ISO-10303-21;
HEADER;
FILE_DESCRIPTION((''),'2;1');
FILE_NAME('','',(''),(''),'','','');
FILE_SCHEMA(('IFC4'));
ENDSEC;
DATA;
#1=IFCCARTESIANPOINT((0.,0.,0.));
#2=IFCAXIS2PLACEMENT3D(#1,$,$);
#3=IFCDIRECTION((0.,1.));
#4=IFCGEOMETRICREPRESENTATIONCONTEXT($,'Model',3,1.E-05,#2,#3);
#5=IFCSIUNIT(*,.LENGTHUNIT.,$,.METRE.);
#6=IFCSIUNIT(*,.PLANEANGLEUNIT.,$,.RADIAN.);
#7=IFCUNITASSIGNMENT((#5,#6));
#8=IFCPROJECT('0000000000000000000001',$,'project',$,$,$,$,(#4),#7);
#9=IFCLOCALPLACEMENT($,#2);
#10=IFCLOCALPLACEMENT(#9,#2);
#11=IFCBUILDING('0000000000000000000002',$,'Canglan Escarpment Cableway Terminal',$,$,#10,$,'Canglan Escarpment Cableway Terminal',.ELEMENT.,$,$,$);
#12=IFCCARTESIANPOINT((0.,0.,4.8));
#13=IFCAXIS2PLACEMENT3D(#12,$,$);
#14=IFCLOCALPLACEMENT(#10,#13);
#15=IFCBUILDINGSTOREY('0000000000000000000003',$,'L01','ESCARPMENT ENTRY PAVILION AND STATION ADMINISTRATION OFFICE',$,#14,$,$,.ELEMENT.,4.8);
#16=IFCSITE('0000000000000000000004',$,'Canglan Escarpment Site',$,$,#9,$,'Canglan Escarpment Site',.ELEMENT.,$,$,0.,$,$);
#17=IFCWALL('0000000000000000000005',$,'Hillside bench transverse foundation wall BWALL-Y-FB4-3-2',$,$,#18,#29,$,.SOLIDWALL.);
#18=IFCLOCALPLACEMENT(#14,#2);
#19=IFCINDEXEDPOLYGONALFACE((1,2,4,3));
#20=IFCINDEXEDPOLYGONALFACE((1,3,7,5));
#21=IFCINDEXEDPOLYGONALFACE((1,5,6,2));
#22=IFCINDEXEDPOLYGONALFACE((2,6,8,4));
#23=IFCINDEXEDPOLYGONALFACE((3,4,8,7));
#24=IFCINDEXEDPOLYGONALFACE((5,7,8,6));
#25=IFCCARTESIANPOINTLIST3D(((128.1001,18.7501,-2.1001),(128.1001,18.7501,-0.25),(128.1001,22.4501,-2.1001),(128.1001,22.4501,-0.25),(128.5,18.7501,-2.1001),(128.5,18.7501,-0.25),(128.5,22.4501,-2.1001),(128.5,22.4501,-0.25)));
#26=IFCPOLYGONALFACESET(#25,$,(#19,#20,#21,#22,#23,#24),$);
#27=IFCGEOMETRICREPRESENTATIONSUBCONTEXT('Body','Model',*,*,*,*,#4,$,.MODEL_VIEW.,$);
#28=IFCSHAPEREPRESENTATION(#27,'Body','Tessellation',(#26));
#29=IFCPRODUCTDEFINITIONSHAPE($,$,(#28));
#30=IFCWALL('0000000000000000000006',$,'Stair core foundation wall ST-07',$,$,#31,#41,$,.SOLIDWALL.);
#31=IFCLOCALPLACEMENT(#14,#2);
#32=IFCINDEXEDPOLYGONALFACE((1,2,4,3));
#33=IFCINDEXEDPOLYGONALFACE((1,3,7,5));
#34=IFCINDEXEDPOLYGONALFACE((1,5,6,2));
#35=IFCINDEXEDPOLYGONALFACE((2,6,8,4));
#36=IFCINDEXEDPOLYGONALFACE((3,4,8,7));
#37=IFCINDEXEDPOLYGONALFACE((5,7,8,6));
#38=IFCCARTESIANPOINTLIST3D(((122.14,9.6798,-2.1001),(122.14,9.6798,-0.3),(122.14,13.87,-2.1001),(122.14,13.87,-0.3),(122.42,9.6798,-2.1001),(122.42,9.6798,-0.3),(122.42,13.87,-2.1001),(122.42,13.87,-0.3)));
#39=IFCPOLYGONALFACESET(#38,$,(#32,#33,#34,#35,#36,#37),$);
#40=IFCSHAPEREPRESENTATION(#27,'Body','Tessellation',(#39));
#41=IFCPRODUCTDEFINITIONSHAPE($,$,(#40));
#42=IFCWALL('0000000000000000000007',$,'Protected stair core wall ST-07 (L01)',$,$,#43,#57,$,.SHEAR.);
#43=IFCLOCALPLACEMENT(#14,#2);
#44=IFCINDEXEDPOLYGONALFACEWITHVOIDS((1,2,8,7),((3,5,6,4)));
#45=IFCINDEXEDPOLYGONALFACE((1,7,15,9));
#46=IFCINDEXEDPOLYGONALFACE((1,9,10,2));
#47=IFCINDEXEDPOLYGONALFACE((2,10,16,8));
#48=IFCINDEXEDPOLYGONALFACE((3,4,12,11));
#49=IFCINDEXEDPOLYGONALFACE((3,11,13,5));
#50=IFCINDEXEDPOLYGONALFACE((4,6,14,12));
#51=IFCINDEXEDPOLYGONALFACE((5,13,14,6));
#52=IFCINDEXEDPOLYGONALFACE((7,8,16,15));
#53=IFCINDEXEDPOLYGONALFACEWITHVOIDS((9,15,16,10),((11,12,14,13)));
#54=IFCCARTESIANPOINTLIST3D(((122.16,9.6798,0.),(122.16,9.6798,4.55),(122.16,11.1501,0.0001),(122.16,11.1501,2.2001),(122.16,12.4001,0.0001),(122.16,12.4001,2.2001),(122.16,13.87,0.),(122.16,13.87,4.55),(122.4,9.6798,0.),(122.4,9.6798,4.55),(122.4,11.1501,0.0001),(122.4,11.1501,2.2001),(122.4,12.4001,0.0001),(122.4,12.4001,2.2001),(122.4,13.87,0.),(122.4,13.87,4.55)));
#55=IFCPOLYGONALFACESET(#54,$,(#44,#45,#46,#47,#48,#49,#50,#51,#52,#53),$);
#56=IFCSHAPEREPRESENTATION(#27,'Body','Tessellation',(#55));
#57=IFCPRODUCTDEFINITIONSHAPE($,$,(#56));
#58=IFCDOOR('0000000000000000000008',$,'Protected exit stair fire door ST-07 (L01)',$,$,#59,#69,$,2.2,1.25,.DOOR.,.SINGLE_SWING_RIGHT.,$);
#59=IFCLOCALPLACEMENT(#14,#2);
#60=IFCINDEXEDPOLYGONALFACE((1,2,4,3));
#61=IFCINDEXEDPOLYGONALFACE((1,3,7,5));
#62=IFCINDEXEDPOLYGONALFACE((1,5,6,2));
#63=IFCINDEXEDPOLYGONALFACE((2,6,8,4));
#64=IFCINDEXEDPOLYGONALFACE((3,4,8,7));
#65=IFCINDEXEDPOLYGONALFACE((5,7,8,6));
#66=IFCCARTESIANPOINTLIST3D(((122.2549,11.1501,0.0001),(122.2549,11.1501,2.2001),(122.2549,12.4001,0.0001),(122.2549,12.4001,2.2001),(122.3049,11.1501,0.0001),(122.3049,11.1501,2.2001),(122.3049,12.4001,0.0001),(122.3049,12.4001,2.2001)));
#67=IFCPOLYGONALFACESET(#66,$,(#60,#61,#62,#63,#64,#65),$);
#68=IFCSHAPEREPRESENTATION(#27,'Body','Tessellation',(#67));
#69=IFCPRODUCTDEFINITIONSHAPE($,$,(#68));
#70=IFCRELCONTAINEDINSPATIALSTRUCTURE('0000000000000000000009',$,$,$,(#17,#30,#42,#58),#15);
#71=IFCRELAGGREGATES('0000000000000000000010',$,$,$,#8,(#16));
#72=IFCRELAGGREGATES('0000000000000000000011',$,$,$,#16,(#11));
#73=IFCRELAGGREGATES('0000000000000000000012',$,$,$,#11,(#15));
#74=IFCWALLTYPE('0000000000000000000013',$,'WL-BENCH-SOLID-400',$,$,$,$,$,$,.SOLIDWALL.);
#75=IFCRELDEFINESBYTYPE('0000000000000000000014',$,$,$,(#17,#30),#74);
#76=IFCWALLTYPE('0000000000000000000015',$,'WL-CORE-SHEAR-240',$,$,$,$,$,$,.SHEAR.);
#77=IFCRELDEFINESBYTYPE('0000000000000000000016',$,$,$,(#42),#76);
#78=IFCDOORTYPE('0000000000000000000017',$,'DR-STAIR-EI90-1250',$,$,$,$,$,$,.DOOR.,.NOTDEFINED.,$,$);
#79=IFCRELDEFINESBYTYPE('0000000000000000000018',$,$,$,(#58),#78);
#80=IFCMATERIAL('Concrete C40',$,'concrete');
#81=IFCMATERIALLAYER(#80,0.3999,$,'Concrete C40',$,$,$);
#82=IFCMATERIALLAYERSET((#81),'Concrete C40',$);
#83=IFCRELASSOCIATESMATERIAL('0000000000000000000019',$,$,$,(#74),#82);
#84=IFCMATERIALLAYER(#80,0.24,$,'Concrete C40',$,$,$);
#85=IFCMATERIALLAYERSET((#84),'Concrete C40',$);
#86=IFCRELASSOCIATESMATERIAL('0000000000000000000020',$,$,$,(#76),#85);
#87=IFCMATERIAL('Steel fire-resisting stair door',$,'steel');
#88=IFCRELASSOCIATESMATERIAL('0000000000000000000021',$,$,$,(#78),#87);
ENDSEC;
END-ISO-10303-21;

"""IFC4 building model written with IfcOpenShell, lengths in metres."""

from ifc_helpers import new_model, si_unit, direction, frame, frame_2d, origin, place, context, subcontext, project, spatial, rectangle, extrude, material, layer, layer_set, type_object, element, fill, save


model = new_model("IFC4")

# Units and contexts
model_context = context("Model", 3, precision=1e-05, world=origin(), true_north=direction((0.0, 1.0)))
body_context = subcontext(model_context, "Body", "Model", "MODEL_VIEW")
ifc_project = project(units=[si_unit("LENGTHUNIT", "METRE"), si_unit("PLANEANGLEUNIT", "RADIAN")], contexts=[model_context])

# Site, building, storey
site_placement = place(None, origin())
site = spatial("IfcSite", under=ifc_project, at=site_placement, Name="Canglan Escarpment Site", LongName="Canglan Escarpment Site", CompositionType="ELEMENT", RefElevation=0.0)
building_placement = place(site_placement, origin())
building = spatial("IfcBuilding", under=site, at=building_placement, Name="Canglan Escarpment Cableway Terminal", LongName="Canglan Escarpment Cableway Terminal", CompositionType="ELEMENT")
storey_placement = place(building_placement, frame((0.0, 0.0, 4.8)))
storey = spatial("IfcBuildingStorey", under=building, at=storey_placement, Name="L01", Description="ESCARPMENT ENTRY PAVILION AND STATION ADMINISTRATION OFFICE", CompositionType="ELEMENT", Elevation=4.8)

# Shared definitions
ifc_material_1 = material(Name="Concrete C40", Category="concrete")

# Walls
ifc_layer_1 = layer(ifc_material_1, 0.3999, Name="Concrete C40")
ifc_layer_set_1 = layer_set([ifc_layer_1], Name="Concrete C40")
wall_type_1 = type_object("IfcWallType", Name="WL-BENCH-SOLID-400", PredefinedType="SOLIDWALL", material=ifc_layer_set_1)
for number, where, z_axis, x_axis, name in (
    (1, (128.3, 18.75, -2.1001), (0.0, 0.0, 1.0), (0.0, 1.0, 0.0), "Hillside bench transverse foundation wall BWALL-Y-FB4-3-2"),
):
    element("IfcWall", number, at=place(storey_placement, frame(where, z_axis=z_axis, x_axis=x_axis)), inside=storey, type_object=wall_type_1, Name=name, PredefinedType="SOLIDWALL", context=body_context, shape_type="SweptSolid", body=[
        extrude(rectangle(XDim=3.7, YDim=0.3999, at=frame_2d((1.8501, 0.0))), origin(), (0.0, 0.0, 1.0), 1.8501),
    ])
wall_1_placement = place(storey_placement, frame((122.28, 13.8701, -2.1001), z_axis=(0.0, 0.0, 1.0), x_axis=(0.0, -1.0, 0.0)))
element("IfcWall", 2, at=wall_1_placement, inside=storey, type_object=wall_type_1, Name="Stair core foundation wall ST-07", PredefinedType="SOLIDWALL", context=body_context, shape_type="SweptSolid", body=[
    extrude(rectangle(XDim=4.1902, YDim=0.28, at=frame_2d((2.0952, 0.0))), origin(), (0.0, 0.0, 1.0), 1.8),
])

# Wall, opening, door
ifc_layer_2 = layer(ifc_material_1, 0.24, Name="Concrete C40")
ifc_layer_set_2 = layer_set([ifc_layer_2], Name="Concrete C40")
wall_type_2 = type_object("IfcWallType", Name="WL-CORE-SHEAR-240", PredefinedType="SHEAR", material=ifc_layer_set_2)
wall_2_placement = place(storey_placement, frame((122.28, 13.8701, 0.0), z_axis=(0.0, 0.0, 1.0), x_axis=(0.0, -1.0, 0.0)))
wall_2 = element("IfcWall", 3, at=wall_2_placement, inside=storey, type_object=wall_type_2, Name="Protected stair core wall ST-07 (L01)", PredefinedType="SHEAR", context=body_context, shape_type="SweptSolid", body=[
    extrude(rectangle(XDim=4.1902, YDim=0.24, at=frame_2d((2.0952, 0.0))), origin(), (0.0, 0.0, 1.0), 4.55),
])
opening_placement = place(wall_2_placement, frame((1.47, 0.0, 0.0)))
opening = element("IfcOpeningElement", 4, at=opening_placement, cuts=wall_2, PredefinedType="OPENING", context=body_context, shape_type="SweptSolid", body=[
    extrude(rectangle(XDim=1.25, YDim=2.2, at=frame_2d((0.625, 1.1001))), frame((0.0, 0.1299, 0.0), z_axis=(0.0, -1.0, 0.0), x_axis=(1.0, 0.0, 0.0)), (0.0, 0.0, 1.0), 0.26),
])
ifc_material_2 = material(Name="Steel fire-resisting stair door", Category="steel")
door_type = type_object("IfcDoorType", Name="DR-STAIR-EI90-1250", OperationType="NOTDEFINED", PredefinedType="DOOR", material=ifc_material_2)
door_placement = place(opening_placement, origin())
door = element("IfcDoor", 5, at=door_placement, inside=storey, type_object=door_type, Name="Protected exit stair fire door ST-07 (L01)", OperationType="SINGLE_SWING_RIGHT", OverallHeight=2.2, OverallWidth=1.25, PredefinedType="DOOR", context=body_context, shape_type="SweptSolid", body=[
    extrude(rectangle(XDim=1.25, YDim=2.2, at=frame_2d((0.625, 1.1001))), frame((0.0, 0.0249, 0.0), z_axis=(0.0, -1.0, 0.0), x_axis=(1.0, 0.0, 0.0)), (0.0, 0.0, 1.0), 0.05),
])
fill(opening, door)

save(model, "model.ifc")
